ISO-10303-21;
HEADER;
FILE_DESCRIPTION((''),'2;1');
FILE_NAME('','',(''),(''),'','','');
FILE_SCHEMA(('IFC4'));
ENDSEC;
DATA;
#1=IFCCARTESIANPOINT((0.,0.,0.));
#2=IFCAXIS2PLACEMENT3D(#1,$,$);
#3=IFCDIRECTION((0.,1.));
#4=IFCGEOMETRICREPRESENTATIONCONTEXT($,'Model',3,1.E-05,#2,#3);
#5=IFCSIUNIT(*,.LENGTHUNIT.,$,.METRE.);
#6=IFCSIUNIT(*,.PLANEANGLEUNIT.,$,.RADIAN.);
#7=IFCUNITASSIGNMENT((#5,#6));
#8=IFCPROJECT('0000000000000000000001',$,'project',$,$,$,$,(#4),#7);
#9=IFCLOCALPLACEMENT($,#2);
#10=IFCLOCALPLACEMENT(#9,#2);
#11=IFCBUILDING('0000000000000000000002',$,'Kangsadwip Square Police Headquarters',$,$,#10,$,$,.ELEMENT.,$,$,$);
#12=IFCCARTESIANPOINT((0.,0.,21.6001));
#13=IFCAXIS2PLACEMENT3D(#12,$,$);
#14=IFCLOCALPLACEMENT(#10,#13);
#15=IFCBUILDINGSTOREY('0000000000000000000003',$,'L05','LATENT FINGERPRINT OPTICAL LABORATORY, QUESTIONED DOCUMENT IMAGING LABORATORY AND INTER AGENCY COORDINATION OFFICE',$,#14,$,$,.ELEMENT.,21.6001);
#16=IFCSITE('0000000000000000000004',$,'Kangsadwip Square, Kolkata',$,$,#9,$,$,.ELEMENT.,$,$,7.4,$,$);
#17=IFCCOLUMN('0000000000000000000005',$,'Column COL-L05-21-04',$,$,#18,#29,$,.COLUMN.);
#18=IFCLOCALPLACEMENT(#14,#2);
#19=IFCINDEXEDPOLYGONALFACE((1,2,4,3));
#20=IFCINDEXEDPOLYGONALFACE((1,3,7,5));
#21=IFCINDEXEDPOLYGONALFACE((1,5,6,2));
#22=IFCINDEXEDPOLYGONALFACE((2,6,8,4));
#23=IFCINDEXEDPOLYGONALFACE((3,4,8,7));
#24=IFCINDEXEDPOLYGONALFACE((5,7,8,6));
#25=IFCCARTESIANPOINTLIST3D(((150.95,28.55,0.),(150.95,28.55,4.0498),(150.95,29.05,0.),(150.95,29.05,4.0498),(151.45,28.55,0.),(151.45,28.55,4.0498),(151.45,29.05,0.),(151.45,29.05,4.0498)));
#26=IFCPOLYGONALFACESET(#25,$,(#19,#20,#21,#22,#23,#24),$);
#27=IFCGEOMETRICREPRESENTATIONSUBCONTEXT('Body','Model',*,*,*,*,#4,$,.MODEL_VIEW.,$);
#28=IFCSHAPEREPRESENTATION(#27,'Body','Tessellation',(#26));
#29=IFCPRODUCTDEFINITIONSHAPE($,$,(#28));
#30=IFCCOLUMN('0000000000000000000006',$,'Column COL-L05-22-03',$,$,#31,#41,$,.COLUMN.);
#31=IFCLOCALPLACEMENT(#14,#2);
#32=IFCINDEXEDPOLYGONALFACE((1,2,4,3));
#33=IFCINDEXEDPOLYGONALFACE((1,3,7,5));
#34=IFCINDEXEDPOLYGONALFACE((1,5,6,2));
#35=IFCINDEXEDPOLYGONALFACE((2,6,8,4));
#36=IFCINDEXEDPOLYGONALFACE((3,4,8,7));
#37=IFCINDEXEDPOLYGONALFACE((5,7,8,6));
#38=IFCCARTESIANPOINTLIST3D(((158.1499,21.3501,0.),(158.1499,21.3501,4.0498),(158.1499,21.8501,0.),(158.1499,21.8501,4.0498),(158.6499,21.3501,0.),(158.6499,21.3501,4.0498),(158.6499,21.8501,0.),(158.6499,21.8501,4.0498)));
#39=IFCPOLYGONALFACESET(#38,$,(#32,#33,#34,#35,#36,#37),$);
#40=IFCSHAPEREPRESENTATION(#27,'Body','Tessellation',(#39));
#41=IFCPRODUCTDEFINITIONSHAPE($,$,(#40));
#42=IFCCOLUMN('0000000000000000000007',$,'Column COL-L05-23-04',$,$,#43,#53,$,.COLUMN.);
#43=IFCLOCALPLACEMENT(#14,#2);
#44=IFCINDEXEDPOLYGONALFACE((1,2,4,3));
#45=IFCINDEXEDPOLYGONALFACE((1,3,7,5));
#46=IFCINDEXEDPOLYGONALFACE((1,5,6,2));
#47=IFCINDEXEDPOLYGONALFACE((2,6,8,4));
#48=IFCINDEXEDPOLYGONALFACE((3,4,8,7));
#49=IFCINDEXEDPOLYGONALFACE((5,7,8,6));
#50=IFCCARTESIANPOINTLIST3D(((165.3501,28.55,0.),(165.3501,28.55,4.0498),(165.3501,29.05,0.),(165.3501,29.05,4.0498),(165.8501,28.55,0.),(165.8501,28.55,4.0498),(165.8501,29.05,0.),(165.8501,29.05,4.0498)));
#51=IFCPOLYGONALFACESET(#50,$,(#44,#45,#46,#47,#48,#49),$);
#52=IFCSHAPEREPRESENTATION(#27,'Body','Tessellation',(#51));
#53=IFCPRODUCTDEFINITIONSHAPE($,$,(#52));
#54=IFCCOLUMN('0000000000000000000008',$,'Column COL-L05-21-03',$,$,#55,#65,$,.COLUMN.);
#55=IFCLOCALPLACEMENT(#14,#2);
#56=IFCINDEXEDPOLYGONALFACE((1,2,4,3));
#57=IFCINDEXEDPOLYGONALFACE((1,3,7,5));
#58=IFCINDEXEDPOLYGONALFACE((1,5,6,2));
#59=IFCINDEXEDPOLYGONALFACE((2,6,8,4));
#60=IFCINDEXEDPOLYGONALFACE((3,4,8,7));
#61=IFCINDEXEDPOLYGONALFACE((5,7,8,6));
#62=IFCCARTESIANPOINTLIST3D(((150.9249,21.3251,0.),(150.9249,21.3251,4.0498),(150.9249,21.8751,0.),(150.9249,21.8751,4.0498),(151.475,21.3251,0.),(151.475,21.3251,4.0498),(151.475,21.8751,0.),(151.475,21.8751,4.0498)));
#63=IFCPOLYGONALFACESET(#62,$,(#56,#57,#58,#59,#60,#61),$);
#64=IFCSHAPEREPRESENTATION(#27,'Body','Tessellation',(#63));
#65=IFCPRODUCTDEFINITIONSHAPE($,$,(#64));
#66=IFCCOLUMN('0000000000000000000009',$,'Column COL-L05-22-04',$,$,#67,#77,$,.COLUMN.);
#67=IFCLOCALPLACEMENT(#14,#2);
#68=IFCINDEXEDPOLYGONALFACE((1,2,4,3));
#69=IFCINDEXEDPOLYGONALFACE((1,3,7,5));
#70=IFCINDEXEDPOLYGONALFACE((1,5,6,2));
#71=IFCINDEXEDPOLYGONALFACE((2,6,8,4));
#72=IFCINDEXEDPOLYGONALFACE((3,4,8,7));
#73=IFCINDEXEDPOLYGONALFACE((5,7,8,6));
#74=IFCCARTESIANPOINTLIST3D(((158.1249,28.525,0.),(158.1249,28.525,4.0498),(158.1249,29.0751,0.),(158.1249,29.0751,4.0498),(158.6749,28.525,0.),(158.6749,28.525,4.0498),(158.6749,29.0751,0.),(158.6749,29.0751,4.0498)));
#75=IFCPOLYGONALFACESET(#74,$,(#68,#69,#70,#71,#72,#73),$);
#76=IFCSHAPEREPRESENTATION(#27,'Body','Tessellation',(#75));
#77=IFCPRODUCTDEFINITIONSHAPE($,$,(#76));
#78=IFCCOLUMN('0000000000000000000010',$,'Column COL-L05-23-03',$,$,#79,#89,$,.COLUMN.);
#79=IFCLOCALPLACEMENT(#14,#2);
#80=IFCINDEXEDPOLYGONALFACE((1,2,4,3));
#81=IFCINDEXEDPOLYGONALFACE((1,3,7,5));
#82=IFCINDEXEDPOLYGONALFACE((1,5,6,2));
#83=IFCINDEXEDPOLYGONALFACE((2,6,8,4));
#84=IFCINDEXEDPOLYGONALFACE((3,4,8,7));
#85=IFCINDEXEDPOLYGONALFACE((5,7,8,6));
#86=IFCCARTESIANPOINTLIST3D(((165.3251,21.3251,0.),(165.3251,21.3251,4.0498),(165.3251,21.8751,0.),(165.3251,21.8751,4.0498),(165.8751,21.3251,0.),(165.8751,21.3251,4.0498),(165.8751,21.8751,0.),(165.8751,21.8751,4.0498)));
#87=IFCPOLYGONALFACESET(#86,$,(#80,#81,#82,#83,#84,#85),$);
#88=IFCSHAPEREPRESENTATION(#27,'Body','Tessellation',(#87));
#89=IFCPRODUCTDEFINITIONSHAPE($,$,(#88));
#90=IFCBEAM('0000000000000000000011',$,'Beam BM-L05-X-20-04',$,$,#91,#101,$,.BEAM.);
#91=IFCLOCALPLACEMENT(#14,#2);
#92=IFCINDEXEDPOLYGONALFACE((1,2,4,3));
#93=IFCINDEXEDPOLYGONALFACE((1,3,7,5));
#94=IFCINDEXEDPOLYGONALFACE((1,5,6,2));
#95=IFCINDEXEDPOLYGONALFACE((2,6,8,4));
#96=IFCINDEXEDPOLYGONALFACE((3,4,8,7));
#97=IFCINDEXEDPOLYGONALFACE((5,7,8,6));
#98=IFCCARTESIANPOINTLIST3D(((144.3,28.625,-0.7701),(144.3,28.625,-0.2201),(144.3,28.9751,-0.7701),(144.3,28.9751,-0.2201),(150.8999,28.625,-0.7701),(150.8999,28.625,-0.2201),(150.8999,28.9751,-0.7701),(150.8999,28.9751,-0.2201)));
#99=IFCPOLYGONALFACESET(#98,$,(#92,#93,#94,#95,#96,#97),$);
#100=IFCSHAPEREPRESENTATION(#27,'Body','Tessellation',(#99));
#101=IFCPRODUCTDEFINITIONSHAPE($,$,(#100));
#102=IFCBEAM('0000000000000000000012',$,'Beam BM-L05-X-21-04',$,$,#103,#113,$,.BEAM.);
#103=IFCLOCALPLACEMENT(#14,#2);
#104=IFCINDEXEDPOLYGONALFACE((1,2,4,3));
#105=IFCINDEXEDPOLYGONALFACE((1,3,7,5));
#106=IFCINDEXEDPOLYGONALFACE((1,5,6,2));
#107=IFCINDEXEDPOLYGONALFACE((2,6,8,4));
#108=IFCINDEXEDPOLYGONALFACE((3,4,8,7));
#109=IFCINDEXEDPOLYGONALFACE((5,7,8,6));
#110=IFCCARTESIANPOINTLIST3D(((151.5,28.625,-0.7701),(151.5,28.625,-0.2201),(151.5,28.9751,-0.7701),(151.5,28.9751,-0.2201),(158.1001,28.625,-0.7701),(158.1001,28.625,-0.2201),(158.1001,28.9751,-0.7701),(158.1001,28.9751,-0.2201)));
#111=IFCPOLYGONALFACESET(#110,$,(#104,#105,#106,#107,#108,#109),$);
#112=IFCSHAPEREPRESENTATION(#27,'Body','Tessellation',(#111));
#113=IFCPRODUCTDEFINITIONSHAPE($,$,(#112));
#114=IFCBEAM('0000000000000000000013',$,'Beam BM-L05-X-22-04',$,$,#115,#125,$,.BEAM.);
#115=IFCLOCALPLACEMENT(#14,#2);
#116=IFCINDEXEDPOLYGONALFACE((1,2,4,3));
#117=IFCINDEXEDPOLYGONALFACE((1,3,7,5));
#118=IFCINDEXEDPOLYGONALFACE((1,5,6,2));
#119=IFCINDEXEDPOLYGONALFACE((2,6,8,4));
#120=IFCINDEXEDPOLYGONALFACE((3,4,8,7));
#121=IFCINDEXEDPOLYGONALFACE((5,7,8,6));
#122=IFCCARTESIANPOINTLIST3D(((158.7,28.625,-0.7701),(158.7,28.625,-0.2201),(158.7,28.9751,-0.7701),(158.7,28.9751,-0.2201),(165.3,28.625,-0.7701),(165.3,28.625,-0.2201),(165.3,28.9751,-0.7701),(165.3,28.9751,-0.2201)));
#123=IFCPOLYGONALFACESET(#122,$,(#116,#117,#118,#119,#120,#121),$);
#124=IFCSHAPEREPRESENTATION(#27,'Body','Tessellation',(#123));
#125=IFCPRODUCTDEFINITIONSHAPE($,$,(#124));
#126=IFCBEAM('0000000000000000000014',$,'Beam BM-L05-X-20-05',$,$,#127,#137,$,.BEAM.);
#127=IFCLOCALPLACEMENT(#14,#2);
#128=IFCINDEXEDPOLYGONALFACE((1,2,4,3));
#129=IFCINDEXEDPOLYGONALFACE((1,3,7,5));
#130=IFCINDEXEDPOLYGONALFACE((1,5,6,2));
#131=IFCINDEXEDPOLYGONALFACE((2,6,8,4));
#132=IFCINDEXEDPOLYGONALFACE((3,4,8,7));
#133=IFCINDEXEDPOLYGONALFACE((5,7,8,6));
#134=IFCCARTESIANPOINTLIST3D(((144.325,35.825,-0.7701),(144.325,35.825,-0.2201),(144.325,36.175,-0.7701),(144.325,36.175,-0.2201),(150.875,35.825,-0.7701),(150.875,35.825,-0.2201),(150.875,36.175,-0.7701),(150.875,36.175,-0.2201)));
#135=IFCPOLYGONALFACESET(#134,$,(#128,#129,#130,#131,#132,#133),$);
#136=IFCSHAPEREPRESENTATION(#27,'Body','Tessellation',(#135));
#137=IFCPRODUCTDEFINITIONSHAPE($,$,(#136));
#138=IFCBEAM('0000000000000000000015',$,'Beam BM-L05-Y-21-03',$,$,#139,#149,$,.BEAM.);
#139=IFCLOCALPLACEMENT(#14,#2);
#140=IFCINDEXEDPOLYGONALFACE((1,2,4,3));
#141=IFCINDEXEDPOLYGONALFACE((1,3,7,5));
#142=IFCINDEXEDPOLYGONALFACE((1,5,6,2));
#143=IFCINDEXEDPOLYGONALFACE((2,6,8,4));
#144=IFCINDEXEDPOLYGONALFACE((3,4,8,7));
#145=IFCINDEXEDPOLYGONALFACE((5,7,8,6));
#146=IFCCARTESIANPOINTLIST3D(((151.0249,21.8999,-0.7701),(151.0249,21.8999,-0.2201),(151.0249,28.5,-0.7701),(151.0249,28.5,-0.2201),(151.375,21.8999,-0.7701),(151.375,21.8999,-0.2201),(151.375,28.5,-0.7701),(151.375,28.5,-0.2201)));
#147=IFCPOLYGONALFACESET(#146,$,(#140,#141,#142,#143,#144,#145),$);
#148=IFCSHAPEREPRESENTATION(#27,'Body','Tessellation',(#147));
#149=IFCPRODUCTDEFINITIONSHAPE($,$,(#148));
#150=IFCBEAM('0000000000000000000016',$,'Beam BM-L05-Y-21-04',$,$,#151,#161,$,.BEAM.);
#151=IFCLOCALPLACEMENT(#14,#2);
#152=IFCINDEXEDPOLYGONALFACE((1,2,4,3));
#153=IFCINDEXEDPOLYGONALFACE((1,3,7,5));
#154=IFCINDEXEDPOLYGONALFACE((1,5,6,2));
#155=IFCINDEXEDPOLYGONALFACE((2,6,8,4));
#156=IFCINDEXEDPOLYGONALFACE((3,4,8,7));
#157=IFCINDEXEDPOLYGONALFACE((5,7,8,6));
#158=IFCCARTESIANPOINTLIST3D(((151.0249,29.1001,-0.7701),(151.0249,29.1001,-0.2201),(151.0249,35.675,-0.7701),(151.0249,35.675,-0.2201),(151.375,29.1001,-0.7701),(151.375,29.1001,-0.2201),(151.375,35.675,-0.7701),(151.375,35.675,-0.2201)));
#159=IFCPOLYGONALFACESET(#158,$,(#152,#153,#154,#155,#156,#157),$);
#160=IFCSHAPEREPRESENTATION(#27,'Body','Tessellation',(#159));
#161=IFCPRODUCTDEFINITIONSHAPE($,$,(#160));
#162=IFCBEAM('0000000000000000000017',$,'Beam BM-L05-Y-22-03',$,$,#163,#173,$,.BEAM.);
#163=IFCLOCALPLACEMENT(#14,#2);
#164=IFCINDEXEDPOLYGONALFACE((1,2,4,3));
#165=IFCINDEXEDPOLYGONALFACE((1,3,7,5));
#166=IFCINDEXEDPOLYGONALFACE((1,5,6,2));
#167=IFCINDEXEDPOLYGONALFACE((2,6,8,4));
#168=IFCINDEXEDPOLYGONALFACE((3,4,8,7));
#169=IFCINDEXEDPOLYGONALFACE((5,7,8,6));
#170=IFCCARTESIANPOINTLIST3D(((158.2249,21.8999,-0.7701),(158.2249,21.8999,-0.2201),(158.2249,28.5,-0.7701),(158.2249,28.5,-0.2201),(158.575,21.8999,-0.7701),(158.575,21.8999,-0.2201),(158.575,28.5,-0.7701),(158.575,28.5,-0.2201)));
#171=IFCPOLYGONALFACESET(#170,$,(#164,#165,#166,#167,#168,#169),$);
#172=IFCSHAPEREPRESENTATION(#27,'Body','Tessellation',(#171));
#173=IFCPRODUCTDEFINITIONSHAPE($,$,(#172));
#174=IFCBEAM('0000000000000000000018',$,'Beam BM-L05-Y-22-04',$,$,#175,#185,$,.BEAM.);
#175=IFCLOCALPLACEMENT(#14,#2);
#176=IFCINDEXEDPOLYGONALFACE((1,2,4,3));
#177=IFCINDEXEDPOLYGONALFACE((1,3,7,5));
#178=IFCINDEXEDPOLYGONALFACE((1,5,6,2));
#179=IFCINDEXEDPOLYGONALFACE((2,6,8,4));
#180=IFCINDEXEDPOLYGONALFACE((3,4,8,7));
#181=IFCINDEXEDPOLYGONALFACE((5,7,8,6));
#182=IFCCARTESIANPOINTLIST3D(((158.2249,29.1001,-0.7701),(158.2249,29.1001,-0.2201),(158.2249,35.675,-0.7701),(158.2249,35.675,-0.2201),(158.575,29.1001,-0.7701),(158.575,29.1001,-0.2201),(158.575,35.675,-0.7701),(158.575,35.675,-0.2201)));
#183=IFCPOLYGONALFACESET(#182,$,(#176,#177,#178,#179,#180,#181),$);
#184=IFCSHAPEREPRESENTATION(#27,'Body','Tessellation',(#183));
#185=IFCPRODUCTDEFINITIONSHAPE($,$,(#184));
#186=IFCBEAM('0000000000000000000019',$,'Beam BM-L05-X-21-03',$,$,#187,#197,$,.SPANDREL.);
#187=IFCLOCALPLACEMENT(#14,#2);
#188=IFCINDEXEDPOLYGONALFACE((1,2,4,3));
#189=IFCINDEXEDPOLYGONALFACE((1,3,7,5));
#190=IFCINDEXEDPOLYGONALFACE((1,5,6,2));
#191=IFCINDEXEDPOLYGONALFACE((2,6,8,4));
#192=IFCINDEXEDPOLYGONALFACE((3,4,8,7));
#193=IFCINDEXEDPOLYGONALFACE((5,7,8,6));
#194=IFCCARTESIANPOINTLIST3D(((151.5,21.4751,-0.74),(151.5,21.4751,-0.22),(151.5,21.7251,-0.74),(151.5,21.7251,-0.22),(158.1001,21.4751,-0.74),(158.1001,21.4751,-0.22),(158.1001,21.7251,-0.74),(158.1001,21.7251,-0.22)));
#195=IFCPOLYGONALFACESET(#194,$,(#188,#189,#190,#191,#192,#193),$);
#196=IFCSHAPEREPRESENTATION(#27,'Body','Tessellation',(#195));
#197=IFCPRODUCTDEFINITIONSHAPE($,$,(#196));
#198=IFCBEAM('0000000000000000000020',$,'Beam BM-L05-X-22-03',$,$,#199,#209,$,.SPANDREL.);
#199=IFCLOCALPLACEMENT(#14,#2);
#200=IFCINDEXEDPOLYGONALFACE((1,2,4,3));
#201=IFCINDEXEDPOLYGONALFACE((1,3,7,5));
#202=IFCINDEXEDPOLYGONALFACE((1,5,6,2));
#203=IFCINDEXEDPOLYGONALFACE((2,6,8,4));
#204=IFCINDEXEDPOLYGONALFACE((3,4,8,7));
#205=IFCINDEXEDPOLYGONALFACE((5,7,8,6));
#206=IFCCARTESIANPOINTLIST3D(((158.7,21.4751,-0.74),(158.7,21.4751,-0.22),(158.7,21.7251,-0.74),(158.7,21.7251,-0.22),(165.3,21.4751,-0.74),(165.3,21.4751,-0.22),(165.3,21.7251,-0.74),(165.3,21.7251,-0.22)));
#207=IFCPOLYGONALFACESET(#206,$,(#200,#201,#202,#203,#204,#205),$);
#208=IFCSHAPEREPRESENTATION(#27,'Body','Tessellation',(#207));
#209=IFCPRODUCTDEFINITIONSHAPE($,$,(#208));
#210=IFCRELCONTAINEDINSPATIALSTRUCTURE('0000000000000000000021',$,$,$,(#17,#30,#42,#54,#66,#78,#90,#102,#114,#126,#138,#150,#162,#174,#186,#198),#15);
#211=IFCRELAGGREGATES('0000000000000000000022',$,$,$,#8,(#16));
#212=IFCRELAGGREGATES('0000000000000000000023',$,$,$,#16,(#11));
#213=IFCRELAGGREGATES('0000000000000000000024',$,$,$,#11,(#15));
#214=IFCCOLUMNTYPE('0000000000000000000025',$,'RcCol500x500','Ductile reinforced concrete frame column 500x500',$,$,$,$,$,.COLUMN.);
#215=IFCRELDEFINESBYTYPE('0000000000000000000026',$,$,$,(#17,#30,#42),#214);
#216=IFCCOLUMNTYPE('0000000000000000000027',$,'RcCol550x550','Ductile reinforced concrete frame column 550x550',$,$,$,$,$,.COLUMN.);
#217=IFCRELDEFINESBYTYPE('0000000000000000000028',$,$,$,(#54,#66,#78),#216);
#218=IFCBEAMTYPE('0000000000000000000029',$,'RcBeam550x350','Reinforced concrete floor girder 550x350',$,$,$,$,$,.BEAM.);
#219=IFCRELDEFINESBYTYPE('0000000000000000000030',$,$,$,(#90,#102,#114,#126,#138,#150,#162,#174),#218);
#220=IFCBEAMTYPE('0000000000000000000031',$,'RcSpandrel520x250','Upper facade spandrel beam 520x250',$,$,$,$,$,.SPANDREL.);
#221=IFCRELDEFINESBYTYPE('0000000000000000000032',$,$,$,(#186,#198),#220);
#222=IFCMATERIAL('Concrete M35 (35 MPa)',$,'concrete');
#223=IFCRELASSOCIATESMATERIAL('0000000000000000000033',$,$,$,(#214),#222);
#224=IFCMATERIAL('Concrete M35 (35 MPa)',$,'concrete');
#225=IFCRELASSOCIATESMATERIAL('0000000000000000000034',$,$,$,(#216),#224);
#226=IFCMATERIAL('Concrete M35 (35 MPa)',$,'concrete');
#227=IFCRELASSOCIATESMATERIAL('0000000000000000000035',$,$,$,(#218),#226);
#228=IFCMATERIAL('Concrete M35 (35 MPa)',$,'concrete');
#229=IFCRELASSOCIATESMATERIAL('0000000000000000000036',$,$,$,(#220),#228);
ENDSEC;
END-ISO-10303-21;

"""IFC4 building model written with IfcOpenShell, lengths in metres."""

from ifc_helpers import new_model, si_unit, direction, frame, origin, origin_2d, place, context, subcontext, project, spatial, rectangle, extrude, material, material_profile, profile_set, type_object, element, save


model = new_model("IFC4")

# Units and contexts
model_context = context("Model", 3, precision=1e-05, world=origin(), true_north=direction((0.0, 1.0)))
body_context = subcontext(model_context, "Body", "Model", "MODEL_VIEW")
ifc_project = project(units=[si_unit("LENGTHUNIT", "METRE"), si_unit("PLANEANGLEUNIT", "RADIAN")], contexts=[model_context])

# Site, building, storey
site_placement = place(None, origin())
site = spatial("IfcSite", under=ifc_project, at=site_placement, Name="Kangsadwip Square, Kolkata", CompositionType="ELEMENT", RefElevation=7.4)
building_placement = place(site_placement, origin())
building = spatial("IfcBuilding", under=site, at=building_placement, Name="Kangsadwip Square Police Headquarters", CompositionType="ELEMENT")
storey_placement = place(building_placement, frame((0.0, 0.0, 21.6001)))
storey = spatial("IfcBuildingStorey", under=building, at=storey_placement, Name="L05", Description="LATENT FINGERPRINT OPTICAL LABORATORY, QUESTIONED DOCUMENT IMAGING LABORATORY AND INTER AGENCY COORDINATION OFFICE", CompositionType="ELEMENT", Elevation=21.6001)

# Columns
ifc_material_1 = material(Name="Concrete M35 (35 MPa)", Category="concrete")
ifc_material_profile_1 = material_profile(ifc_material_1, rectangle(XDim=0.5, YDim=0.5, at=origin_2d()), Name="RC COL 500X500")
ifc_profile_set_1 = profile_set([ifc_material_profile_1], Name="Concrete M35 (35 MPa)")
column_type_1 = type_object("IfcColumnType", Name="RcCol500x500", Description="Ductile reinforced concrete frame column 500x500", PredefinedType="COLUMN", material=ifc_profile_set_1)
for number, where, z_axis, x_axis, name in (
    (1, (151.2, 28.8, 0.0), (0.0, 0.0, 1.0), (1.0, 0.0, 0.0), "Column COL-L05-21-04"),
    (2, (158.3999, 21.6001, 0.0), (0.0, 0.0, 1.0), (1.0, 0.0, 0.0), "Column COL-L05-22-03"),
    (3, (165.6001, 28.8, 0.0), (0.0, 0.0, 1.0), (1.0, 0.0, 0.0), "Column COL-L05-23-04"),
):
    element("IfcColumn", number, at=place(storey_placement, frame(where, z_axis=z_axis, x_axis=x_axis)), inside=storey, type_object=column_type_1, Name=name, PredefinedType="COLUMN", context=body_context, shape_type="SweptSolid", body=[
        extrude(rectangle(XDim=0.5, YDim=0.5, at=origin_2d()), origin(), (0.0, 0.0, 1.0), 4.0498),
    ])
ifc_material_2 = material(Name="Concrete M35 (35 MPa)", Category="concrete")
ifc_material_profile_2 = material_profile(ifc_material_2, rectangle(XDim=0.55, YDim=0.55, at=origin_2d()), Name="RC COL 550X550")
ifc_profile_set_2 = profile_set([ifc_material_profile_2], Name="Concrete M35 (35 MPa)")
column_type_2 = type_object("IfcColumnType", Name="RcCol550x550", Description="Ductile reinforced concrete frame column 550x550", PredefinedType="COLUMN", material=ifc_profile_set_2)
for number, where, z_axis, x_axis, name in (
    (4, (151.2, 21.6001, 0.0), (0.0, 0.0, 1.0), (1.0, 0.0, 0.0), "Column COL-L05-21-03"),
    (5, (158.3999, 28.8, 0.0), (0.0, 0.0, 1.0), (1.0, 0.0, 0.0), "Column COL-L05-22-04"),
    (6, (165.6001, 21.6001, 0.0), (0.0, 0.0, 1.0), (1.0, 0.0, 0.0), "Column COL-L05-23-03"),
):
    element("IfcColumn", number, at=place(storey_placement, frame(where, z_axis=z_axis, x_axis=x_axis)), inside=storey, type_object=column_type_2, Name=name, PredefinedType="COLUMN", context=body_context, shape_type="SweptSolid", body=[
        extrude(rectangle(XDim=0.55, YDim=0.55, at=origin_2d()), origin(), (0.0, 0.0, 1.0), 4.0498),
    ])

# Beams
ifc_material_3 = material(Name="Concrete M35 (35 MPa)", Category="concrete")
ifc_material_profile_3 = material_profile(ifc_material_3, rectangle(XDim=0.3501, YDim=0.55, at=origin_2d()), Name="RC BM 550X350")
ifc_profile_set_3 = profile_set([ifc_material_profile_3], Name="Concrete M35 (35 MPa)")
beam_type_1 = type_object("IfcBeamType", Name="RcBeam550x350", Description="Reinforced concrete floor girder 550x350", PredefinedType="BEAM", material=ifc_profile_set_3)
beam_1_placement = place(storey_placement, frame((144.3, 28.8, -0.4951), z_axis=(1.0, 0.0, 0.0), x_axis=(0.0, 1.0, 0.0)))
element("IfcBeam", 7, at=beam_1_placement, inside=storey, type_object=beam_type_1, Name="Beam BM-L05-X-20-04", PredefinedType="BEAM", context=body_context, shape_type="SweptSolid", body=[
    extrude(rectangle(XDim=0.3501, YDim=0.55, at=origin_2d()), origin(), (0.0, 0.0, 1.0), 6.5999),
])
for number, where, z_axis, x_axis, name in (
    (8, (151.5, 28.8, -0.4951), (1.0, 0.0, 0.0), (0.0, 1.0, 0.0), "Beam BM-L05-X-21-04"),
    (9, (158.7, 28.8, -0.4951), (1.0, 0.0, 0.0), (0.0, 1.0, 0.0), "Beam BM-L05-X-22-04"),
):
    element("IfcBeam", number, at=place(storey_placement, frame(where, z_axis=z_axis, x_axis=x_axis)), inside=storey, type_object=beam_type_1, Name=name, PredefinedType="BEAM", context=body_context, shape_type="SweptSolid", body=[
        extrude(rectangle(XDim=0.3501, YDim=0.55, at=origin_2d()), origin(), (0.0, 0.0, 1.0), 6.6001),
    ])
beam_2_placement = place(storey_placement, frame((144.325, 36.0, -0.4951), z_axis=(1.0, 0.0, 0.0), x_axis=(0.0, 1.0, 0.0)))
element("IfcBeam", 10, at=beam_2_placement, inside=storey, type_object=beam_type_1, Name="Beam BM-L05-X-20-05", PredefinedType="BEAM", context=body_context, shape_type="SweptSolid", body=[
    extrude(rectangle(XDim=0.3501, YDim=0.55, at=origin_2d()), origin(), (0.0, 0.0, 1.0), 6.55),
])
beam_3_placement = place(storey_placement, frame((151.2, 21.8999, -0.4951), z_axis=(0.0, 1.0, 0.0), x_axis=(-1.0, 0.0, 0.0)))
element("IfcBeam", 11, at=beam_3_placement, inside=storey, type_object=beam_type_1, Name="Beam BM-L05-Y-21-03", PredefinedType="BEAM", context=body_context, shape_type="SweptSolid", body=[
    extrude(rectangle(XDim=0.3501, YDim=0.55, at=origin_2d()), origin(), (0.0, 0.0, 1.0), 6.6001),
])
beam_4_placement = place(storey_placement, frame((151.2, 29.1001, -0.4951), z_axis=(0.0, 1.0, 0.0), x_axis=(-1.0, 0.0, 0.0)))
element("IfcBeam", 12, at=beam_4_placement, inside=storey, type_object=beam_type_1, Name="Beam BM-L05-Y-21-04", PredefinedType="BEAM", context=body_context, shape_type="SweptSolid", body=[
    extrude(rectangle(XDim=0.3501, YDim=0.55, at=origin_2d()), origin(), (0.0, 0.0, 1.0), 6.575),
])
beam_5_placement = place(storey_placement, frame((158.3999, 21.8999, -0.4951), z_axis=(0.0, 1.0, 0.0), x_axis=(-1.0, 0.0, 0.0)))
element("IfcBeam", 13, at=beam_5_placement, inside=storey, type_object=beam_type_1, Name="Beam BM-L05-Y-22-03", PredefinedType="BEAM", context=body_context, shape_type="SweptSolid", body=[
    extrude(rectangle(XDim=0.3501, YDim=0.55, at=origin_2d()), origin(), (0.0, 0.0, 1.0), 6.6001),
])
beam_6_placement = place(storey_placement, frame((158.3999, 29.1001, -0.4951), z_axis=(0.0, 1.0, 0.0), x_axis=(-1.0, 0.0, 0.0)))
element("IfcBeam", 14, at=beam_6_placement, inside=storey, type_object=beam_type_1, Name="Beam BM-L05-Y-22-04", PredefinedType="BEAM", context=body_context, shape_type="SweptSolid", body=[
    extrude(rectangle(XDim=0.3501, YDim=0.55, at=origin_2d()), origin(), (0.0, 0.0, 1.0), 6.575),
])
ifc_material_4 = material(Name="Concrete M35 (35 MPa)", Category="concrete")
ifc_material_profile_4 = material_profile(ifc_material_4, rectangle(XDim=0.25, YDim=0.52, at=origin_2d()), Name="RC SPN 520X250")
ifc_profile_set_4 = profile_set([ifc_material_profile_4], Name="Concrete M35 (35 MPa)")
beam_type_2 = type_object("IfcBeamType", Name="RcSpandrel520x250", Description="Upper facade spandrel beam 520x250", PredefinedType="SPANDREL", material=ifc_profile_set_4)
for number, where, z_axis, x_axis, name in (
    (15, (151.5, 21.6001, -0.48), (1.0, 0.0, 0.0), (0.0, 1.0, 0.0), "Beam BM-L05-X-21-03"),
    (16, (158.7, 21.6001, -0.48), (1.0, 0.0, 0.0), (0.0, 1.0, 0.0), "Beam BM-L05-X-22-03"),
):
    element("IfcBeam", number, at=place(storey_placement, frame(where, z_axis=z_axis, x_axis=x_axis)), inside=storey, type_object=beam_type_2, Name=name, PredefinedType="SPANDREL", context=body_context, shape_type="SweptSolid", body=[
        extrude(rectangle(XDim=0.25, YDim=0.52, at=origin_2d()), origin(), (0.0, 0.0, 1.0), 6.6001),
    ])

save(model, "model.ifc")
